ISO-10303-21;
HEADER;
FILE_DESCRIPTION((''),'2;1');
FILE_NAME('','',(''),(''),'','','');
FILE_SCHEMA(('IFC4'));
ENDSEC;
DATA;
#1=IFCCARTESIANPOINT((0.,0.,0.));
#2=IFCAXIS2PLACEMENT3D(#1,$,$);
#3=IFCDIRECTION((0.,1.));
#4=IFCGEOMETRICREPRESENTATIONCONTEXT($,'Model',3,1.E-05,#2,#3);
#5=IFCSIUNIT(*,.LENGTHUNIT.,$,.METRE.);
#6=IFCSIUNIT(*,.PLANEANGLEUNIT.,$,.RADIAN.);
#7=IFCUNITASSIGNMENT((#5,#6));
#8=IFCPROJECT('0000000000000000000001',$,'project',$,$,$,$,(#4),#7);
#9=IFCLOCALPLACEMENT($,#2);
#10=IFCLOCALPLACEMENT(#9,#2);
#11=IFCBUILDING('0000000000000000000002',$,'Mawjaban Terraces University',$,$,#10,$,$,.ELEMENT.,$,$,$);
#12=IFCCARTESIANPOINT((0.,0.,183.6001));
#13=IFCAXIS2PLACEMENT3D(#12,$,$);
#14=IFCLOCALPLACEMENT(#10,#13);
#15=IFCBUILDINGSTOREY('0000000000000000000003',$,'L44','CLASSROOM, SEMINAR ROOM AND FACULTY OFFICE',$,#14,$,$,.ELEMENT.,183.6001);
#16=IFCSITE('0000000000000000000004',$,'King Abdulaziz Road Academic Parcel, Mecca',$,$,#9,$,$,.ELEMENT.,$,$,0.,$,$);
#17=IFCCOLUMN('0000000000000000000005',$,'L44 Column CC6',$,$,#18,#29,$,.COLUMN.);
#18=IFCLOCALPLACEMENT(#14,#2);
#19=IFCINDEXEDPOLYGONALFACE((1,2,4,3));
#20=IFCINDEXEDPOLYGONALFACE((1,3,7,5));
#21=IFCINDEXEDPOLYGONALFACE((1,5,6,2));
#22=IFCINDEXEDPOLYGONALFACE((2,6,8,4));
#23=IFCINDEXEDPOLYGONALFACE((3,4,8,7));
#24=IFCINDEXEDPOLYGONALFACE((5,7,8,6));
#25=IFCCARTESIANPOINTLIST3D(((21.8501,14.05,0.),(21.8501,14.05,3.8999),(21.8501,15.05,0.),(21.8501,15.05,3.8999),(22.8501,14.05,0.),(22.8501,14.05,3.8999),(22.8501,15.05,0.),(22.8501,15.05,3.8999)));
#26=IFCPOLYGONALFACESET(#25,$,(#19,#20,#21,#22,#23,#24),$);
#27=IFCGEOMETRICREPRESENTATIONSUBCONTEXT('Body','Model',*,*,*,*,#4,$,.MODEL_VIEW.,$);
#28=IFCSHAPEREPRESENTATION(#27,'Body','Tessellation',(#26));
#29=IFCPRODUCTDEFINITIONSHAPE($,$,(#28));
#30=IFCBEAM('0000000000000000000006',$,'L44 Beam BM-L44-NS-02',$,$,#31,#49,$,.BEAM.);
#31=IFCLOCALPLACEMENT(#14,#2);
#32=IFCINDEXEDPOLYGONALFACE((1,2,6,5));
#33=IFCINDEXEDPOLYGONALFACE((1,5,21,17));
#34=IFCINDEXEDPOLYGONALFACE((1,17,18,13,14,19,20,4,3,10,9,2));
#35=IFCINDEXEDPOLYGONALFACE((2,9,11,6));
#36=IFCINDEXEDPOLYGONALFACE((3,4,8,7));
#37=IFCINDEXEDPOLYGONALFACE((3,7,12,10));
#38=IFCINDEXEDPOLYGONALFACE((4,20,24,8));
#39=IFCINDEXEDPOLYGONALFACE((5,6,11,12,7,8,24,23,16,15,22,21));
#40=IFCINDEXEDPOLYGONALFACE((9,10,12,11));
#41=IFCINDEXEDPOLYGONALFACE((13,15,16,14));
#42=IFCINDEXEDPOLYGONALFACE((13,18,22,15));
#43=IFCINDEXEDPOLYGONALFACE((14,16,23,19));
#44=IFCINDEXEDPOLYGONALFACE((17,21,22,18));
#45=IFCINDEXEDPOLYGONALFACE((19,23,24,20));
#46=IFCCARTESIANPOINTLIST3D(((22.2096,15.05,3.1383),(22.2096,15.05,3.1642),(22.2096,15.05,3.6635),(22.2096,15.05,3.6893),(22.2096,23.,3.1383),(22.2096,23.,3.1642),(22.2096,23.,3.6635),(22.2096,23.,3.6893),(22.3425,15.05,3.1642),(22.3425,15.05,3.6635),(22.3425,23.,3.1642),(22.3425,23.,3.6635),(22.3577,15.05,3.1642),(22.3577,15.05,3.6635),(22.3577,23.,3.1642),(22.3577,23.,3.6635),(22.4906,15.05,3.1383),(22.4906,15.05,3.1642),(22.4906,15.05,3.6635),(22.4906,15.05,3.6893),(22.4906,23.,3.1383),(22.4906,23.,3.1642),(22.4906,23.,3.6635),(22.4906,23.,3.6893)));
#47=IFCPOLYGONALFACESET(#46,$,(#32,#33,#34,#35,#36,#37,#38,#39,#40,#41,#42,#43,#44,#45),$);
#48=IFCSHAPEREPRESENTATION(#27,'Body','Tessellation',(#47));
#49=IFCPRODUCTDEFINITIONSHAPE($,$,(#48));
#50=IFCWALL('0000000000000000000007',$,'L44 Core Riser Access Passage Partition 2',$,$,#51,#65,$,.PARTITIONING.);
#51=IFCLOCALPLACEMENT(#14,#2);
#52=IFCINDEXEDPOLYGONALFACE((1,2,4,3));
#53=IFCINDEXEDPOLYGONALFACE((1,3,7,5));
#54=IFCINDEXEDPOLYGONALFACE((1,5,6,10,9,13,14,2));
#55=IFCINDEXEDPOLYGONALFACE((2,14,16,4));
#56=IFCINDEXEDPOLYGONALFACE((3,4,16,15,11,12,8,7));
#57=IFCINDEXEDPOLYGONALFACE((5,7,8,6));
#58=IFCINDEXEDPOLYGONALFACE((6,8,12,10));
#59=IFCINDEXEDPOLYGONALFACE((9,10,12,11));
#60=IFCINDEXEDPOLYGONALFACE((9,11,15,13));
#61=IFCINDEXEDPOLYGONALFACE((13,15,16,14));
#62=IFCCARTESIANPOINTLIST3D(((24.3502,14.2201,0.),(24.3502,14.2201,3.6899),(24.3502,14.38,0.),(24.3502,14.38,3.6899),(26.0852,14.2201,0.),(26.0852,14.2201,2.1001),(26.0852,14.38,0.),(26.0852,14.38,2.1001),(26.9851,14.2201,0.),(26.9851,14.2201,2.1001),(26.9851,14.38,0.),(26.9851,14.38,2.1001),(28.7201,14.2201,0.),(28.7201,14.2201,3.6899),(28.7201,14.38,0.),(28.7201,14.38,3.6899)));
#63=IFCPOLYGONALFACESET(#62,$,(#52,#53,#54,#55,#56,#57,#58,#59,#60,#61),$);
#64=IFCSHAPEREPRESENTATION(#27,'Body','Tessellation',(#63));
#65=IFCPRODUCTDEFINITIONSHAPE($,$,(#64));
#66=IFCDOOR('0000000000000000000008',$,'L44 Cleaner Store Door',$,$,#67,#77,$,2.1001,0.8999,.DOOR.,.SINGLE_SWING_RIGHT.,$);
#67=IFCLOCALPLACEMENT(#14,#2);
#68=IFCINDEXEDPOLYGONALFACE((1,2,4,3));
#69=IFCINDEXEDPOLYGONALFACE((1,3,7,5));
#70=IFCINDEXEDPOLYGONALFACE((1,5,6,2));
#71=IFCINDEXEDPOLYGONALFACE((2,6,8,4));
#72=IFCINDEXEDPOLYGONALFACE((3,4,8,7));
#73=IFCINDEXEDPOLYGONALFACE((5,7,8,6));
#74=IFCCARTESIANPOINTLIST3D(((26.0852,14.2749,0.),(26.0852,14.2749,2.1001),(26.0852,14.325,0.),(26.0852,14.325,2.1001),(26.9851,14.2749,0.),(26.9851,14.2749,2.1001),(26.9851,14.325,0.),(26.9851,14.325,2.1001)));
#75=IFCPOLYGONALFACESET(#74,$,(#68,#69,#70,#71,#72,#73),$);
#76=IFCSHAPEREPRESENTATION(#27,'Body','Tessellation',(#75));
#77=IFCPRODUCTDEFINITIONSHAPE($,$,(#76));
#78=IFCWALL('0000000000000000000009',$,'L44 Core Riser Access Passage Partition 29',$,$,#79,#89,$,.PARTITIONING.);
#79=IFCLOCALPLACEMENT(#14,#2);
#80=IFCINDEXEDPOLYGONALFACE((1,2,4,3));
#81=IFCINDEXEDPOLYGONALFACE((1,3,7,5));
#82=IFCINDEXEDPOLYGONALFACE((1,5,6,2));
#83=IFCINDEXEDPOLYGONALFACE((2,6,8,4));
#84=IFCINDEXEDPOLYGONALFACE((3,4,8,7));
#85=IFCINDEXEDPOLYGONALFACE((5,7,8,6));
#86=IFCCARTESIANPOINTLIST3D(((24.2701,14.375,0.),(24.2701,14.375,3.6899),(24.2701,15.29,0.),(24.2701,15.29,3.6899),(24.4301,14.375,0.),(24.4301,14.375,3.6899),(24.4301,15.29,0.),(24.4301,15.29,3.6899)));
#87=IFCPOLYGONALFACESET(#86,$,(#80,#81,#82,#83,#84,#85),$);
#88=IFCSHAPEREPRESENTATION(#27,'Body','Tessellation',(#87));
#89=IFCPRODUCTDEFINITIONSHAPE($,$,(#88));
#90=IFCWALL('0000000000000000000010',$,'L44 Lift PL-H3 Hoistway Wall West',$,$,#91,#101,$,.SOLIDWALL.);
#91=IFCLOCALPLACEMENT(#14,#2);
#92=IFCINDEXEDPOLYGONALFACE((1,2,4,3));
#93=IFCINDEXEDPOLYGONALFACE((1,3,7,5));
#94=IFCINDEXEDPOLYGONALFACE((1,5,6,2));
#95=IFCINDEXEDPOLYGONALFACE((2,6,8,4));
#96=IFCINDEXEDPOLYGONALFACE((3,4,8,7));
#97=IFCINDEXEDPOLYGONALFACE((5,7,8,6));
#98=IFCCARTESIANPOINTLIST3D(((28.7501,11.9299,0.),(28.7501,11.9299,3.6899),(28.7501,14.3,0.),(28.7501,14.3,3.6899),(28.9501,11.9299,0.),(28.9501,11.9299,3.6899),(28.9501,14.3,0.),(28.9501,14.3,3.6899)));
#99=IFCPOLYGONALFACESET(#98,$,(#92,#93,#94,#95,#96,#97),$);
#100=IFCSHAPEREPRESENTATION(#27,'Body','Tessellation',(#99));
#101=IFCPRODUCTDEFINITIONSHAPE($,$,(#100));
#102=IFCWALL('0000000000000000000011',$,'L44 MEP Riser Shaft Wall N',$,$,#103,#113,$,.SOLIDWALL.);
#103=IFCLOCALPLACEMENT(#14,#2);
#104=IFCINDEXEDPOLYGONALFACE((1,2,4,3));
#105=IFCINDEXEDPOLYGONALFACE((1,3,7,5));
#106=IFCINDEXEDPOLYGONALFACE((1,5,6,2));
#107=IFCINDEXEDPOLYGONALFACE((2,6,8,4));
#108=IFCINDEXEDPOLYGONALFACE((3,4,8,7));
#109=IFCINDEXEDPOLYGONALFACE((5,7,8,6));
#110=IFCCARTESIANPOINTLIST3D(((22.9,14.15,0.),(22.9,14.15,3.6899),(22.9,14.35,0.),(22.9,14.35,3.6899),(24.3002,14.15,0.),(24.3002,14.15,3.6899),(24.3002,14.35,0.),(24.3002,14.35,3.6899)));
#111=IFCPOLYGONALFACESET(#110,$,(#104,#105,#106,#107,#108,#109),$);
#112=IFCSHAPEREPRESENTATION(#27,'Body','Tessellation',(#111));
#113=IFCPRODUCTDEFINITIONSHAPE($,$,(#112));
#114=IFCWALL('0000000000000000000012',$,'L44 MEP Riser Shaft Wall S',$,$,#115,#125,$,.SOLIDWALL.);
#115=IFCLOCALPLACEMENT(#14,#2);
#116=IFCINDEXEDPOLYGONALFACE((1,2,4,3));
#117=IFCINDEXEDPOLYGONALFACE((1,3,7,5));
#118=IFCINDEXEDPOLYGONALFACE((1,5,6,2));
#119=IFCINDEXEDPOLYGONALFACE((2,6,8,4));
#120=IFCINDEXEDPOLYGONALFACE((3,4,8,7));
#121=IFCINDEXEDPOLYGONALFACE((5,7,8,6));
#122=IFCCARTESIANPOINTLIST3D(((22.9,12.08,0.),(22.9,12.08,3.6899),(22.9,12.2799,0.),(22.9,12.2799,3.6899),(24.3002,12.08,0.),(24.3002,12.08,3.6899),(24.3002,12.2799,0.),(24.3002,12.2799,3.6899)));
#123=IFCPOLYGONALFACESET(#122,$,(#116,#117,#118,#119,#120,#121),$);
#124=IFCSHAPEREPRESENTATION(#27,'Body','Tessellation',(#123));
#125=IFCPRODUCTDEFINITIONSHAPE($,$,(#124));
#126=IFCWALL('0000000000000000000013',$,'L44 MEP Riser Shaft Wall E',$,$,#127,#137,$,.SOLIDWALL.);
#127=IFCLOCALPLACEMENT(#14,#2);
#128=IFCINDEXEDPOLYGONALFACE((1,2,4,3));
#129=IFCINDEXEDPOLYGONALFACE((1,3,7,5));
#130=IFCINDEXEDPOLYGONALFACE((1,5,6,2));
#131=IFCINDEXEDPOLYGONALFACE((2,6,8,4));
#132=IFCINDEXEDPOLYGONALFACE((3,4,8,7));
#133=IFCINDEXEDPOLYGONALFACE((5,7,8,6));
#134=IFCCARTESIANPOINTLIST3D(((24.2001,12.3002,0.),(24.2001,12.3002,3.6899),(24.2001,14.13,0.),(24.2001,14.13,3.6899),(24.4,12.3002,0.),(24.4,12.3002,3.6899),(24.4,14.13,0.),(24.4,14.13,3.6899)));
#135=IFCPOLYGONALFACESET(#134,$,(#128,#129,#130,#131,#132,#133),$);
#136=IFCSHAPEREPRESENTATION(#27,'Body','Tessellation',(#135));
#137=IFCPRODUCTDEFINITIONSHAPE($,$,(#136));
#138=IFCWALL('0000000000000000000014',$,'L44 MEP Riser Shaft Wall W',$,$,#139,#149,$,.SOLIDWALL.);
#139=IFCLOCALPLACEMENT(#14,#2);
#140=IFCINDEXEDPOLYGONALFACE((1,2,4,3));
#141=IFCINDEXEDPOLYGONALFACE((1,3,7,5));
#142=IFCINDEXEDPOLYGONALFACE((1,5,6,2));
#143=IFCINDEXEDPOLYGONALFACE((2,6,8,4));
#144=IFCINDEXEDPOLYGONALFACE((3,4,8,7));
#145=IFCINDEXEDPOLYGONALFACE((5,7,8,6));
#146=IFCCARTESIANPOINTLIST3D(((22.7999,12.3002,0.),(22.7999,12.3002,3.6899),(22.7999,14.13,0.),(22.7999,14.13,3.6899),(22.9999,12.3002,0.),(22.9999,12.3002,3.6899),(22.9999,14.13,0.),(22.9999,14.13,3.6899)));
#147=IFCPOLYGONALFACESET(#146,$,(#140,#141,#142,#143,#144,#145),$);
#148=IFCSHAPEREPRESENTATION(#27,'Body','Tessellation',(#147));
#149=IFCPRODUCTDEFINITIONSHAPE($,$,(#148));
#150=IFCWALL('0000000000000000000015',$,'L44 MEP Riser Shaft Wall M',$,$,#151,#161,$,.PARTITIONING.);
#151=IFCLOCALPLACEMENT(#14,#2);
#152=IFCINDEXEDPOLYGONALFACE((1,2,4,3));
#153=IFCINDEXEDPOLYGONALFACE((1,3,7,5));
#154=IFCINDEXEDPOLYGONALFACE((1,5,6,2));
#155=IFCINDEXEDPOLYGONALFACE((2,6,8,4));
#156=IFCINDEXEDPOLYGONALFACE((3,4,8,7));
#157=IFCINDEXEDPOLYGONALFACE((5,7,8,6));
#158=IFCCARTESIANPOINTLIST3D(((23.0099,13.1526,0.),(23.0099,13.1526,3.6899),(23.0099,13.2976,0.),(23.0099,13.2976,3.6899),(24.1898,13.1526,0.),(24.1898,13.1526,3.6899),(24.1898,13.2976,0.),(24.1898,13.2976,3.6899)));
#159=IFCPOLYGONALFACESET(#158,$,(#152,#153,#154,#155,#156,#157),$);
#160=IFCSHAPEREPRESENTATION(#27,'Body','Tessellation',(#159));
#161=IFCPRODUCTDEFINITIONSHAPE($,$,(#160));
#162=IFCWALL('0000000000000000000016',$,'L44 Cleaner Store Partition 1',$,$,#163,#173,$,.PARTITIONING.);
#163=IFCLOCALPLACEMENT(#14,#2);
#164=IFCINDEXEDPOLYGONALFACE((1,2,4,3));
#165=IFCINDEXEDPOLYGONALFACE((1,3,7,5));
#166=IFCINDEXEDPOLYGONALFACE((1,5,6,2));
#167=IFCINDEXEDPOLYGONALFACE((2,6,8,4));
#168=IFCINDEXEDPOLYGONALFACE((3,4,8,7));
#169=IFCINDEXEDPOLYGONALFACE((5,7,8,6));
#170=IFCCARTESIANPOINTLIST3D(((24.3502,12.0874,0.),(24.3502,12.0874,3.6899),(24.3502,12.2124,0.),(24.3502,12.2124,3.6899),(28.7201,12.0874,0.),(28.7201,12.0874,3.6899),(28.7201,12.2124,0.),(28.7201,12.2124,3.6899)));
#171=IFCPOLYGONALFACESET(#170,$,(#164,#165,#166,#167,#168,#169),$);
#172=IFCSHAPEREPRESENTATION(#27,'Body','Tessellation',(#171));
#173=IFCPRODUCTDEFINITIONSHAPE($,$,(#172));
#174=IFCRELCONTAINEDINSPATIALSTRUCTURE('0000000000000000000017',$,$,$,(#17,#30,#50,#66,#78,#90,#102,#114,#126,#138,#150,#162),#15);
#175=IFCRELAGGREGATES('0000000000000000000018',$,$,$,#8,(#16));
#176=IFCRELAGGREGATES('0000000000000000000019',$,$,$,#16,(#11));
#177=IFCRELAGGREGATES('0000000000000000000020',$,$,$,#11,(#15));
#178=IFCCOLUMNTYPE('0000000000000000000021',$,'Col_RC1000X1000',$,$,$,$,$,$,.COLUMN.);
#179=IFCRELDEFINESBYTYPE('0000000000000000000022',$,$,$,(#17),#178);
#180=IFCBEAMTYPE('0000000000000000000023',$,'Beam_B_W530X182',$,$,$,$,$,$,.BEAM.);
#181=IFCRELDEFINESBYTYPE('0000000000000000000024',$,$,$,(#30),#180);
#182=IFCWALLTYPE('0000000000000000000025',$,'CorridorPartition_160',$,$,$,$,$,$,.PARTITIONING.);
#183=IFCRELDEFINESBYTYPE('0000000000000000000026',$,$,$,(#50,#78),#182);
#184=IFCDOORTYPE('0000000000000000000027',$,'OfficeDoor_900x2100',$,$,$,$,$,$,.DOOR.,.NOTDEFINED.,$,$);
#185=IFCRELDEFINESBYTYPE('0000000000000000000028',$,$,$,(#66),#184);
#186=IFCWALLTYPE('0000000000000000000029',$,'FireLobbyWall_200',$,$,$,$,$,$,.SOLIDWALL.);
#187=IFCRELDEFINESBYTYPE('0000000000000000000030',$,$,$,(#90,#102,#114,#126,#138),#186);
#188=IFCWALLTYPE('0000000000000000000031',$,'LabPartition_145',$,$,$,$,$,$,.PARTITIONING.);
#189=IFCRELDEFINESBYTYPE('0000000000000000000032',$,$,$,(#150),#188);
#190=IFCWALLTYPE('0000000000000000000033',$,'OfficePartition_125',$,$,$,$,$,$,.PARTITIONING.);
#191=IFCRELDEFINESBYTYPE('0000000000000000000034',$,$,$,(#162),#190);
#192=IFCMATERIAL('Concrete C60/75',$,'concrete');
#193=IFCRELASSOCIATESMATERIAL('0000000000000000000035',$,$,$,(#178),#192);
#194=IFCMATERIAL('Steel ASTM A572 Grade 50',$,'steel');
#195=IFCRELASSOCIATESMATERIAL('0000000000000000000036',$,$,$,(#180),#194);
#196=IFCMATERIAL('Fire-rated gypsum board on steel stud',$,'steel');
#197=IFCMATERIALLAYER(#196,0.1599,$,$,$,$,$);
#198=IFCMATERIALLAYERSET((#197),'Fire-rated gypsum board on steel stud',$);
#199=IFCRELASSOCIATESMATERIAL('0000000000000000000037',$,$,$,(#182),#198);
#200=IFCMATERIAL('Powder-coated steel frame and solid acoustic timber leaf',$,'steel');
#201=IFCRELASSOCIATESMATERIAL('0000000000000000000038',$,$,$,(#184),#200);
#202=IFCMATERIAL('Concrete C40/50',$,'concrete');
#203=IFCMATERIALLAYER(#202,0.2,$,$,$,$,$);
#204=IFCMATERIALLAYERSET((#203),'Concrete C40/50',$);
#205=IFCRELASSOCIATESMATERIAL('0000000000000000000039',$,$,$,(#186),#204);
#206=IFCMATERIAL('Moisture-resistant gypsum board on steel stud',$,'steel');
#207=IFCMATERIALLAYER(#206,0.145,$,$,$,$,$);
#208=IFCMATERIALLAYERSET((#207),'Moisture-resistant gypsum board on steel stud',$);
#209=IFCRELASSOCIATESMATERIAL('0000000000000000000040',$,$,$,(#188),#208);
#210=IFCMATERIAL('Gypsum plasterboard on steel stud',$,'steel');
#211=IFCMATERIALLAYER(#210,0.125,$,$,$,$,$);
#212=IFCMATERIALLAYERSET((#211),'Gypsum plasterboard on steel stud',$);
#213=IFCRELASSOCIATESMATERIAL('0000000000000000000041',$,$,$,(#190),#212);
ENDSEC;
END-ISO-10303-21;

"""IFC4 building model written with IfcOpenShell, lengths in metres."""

from ifc_helpers import new_model, si_unit, direction, frame, frame_2d, origin, origin_2d, place, context, subcontext, project, spatial, rectangle, i_section, extrude, material, layer, layer_set, material_profile, profile_set, type_object, element, fill, save


model = new_model("IFC4")

# Units and contexts
model_context = context("Model", 3, precision=1e-05, world=origin(), true_north=direction((0.0, 1.0)))
body_context = subcontext(model_context, "Body", "Model", "MODEL_VIEW")
ifc_project = project(units=[si_unit("LENGTHUNIT", "METRE"), si_unit("PLANEANGLEUNIT", "RADIAN")], contexts=[model_context])

# Site, building, storey
site_placement = place(None, origin())
site = spatial("IfcSite", under=ifc_project, at=site_placement, Name="King Abdulaziz Road Academic Parcel, Mecca", CompositionType="ELEMENT", RefElevation=0.0)
building_placement = place(site_placement, origin())
building = spatial("IfcBuilding", under=site, at=building_placement, Name="Mawjaban Terraces University", CompositionType="ELEMENT")
storey_placement = place(building_placement, frame((0.0, 0.0, 183.6001)))
storey = spatial("IfcBuildingStorey", under=building, at=storey_placement, Name="L44", Description="CLASSROOM, SEMINAR ROOM AND FACULTY OFFICE", CompositionType="ELEMENT", Elevation=183.6001)

# Column
ifc_material_1 = material(Name="Concrete C60/75", Category="concrete")
ifc_material_profile_1 = material_profile(ifc_material_1, rectangle(XDim=1.0, YDim=1.0, at=origin_2d()), Name="RC1000X1000")
ifc_profile_set_1 = profile_set([ifc_material_profile_1], Name="Concrete C60/75")
column_type = type_object("IfcColumnType", Name="Col_RC1000X1000", PredefinedType="COLUMN", material=ifc_profile_set_1)
column_placement = place(storey_placement, frame((22.3501, 14.55, 0.0), z_axis=(0.0, 0.0, 1.0), x_axis=(1.0, 0.0, 0.0)))
element("IfcColumn", 1, at=column_placement, inside=storey, type_object=column_type, Name="L44 Column CC6", PredefinedType="COLUMN", context=body_context, shape_type="SweptSolid", body=[
    extrude(rectangle(XDim=1.0, YDim=1.0, at=origin_2d()), origin(), (0.0, 0.0, 1.0), 3.8999),
])

# Beam
ifc_material_2 = material(Name="Steel ASTM A572 Grade 50", Category="steel")
ifc_material_profile_2 = material_profile(ifc_material_2, i_section(OverallWidth=0.281, OverallDepth=0.551, WebThickness=0.0151, FlangeThickness=0.0259, at=origin_2d()), Name="W530X182")
ifc_profile_set_2 = profile_set([ifc_material_profile_2], Name="Steel ASTM A572 Grade 50")
beam_type = type_object("IfcBeamType", Name="Beam_B_W530X182", PredefinedType="BEAM", material=ifc_profile_set_2)
beam_placement = place(storey_placement, frame((22.3501, 15.05, 3.4138), z_axis=(0.0, 1.0, 0.0), x_axis=(-1.0, 0.0, 0.0)))
element("IfcBeam", 2, at=beam_placement, inside=storey, type_object=beam_type, Name="L44 Beam BM-L44-NS-02", PredefinedType="BEAM", context=body_context, shape_type="SweptSolid", body=[
    extrude(i_section(OverallWidth=0.281, OverallDepth=0.551, WebThickness=0.0151, FlangeThickness=0.0259, at=origin_2d()), origin(), (0.0, 0.0, 1.0), 7.95),
])

# Wall, opening, door
ifc_material_3 = material(Name="Fire-rated gypsum board on steel stud", Category="steel")
ifc_layer_1 = layer(ifc_material_3, 0.1599)
ifc_layer_set_1 = layer_set([ifc_layer_1], Name="Fire-rated gypsum board on steel stud")
wall_type_1 = type_object("IfcWallType", Name="CorridorPartition_160", PredefinedType="PARTITIONING", material=ifc_layer_set_1)
wall_1_placement = place(storey_placement, frame((24.3501, 14.3, 0.0), z_axis=(0.0, 0.0, 1.0), x_axis=(1.0, 0.0, 0.0)))
wall_1 = element("IfcWall", 3, at=wall_1_placement, inside=storey, type_object=wall_type_1, Name="L44 Core Riser Access Passage Partition 2", PredefinedType="PARTITIONING", context=body_context, shape_type="SweptSolid", body=[
    extrude(rectangle(XDim=4.3699, YDim=0.1599, at=frame_2d((2.1851, 0.0))), origin(), (0.0, 0.0, 1.0), 3.6899),
])
opening_placement = place(wall_1_placement, frame((1.7351, 0.0, 0.0)))
opening = element("IfcOpeningElement", 4, at=opening_placement, cuts=wall_1, PredefinedType="OPENING", context=body_context, shape_type="SweptSolid", body=[
    extrude(rectangle(XDim=0.8999, YDim=2.1001, at=frame_2d((0.45, 1.05))), frame((0.0, 0.0898, 0.0), z_axis=(0.0, -1.0, 0.0), x_axis=(1.0, 0.0, 0.0)), (0.0, 0.0, 1.0), 0.1799),
])
ifc_material_4 = material(Name="Powder-coated steel frame and solid acoustic timber leaf", Category="steel")
door_type = type_object("IfcDoorType", Name="OfficeDoor_900x2100", OperationType="NOTDEFINED", PredefinedType="DOOR", material=ifc_material_4)
door_placement = place(opening_placement, origin())
door = element("IfcDoor", 5, at=door_placement, inside=storey, type_object=door_type, Name="L44 Cleaner Store Door", OperationType="SINGLE_SWING_RIGHT", OverallHeight=2.1001, OverallWidth=0.8999, PredefinedType="DOOR", context=body_context, shape_type="SweptSolid", body=[
    extrude(rectangle(XDim=0.8999, YDim=2.1001, at=frame_2d((0.45, 1.05))), frame((0.0, 0.0249, 0.0), z_axis=(0.0, -1.0, 0.0), x_axis=(1.0, 0.0, 0.0)), (0.0, 0.0, 1.0), 0.05),
])
fill(opening, door)

# Walls
wall_2_placement = place(storey_placement, frame((24.3501, 15.29, 0.0), z_axis=(0.0, 0.0, 1.0), x_axis=(0.0, -1.0, 0.0)))
element("IfcWall", 6, at=wall_2_placement, inside=storey, type_object=wall_type_1, Name="L44 Core Riser Access Passage Partition 29", PredefinedType="PARTITIONING", context=body_context, shape_type="SweptSolid", body=[
    extrude(rectangle(XDim=0.915, YDim=0.1599, at=frame_2d((0.4575, 0.0))), origin(), (0.0, 0.0, 1.0), 3.6899),
])
ifc_material_5 = material(Name="Concrete C40/50", Category="concrete")
ifc_layer_2 = layer(ifc_material_5, 0.2)
ifc_layer_set_2 = layer_set([ifc_layer_2], Name="Concrete C40/50")
wall_type_2 = type_object("IfcWallType", Name="FireLobbyWall_200", PredefinedType="SOLIDWALL", material=ifc_layer_set_2)
wall_3_placement = place(storey_placement, frame((28.8501, 14.3, 0.0), z_axis=(0.0, 0.0, 1.0), x_axis=(0.0, -1.0, 0.0)))
element("IfcWall", 7, at=wall_3_placement, inside=storey, type_object=wall_type_2, Name="L44 Lift PL-H3 Hoistway Wall West", PredefinedType="SOLIDWALL", context=body_context, shape_type="SweptSolid", body=[
    extrude(rectangle(XDim=2.3701, YDim=0.2, at=frame_2d((1.1851, 0.0))), origin(), (0.0, 0.0, 1.0), 3.6899),
])
for number, where, z_axis, x_axis, name in (
    (8, (22.8999, 14.25, 0.0), (0.0, 0.0, 1.0), (1.0, 0.0, 0.0), "L44 MEP Riser Shaft Wall N"),
    (9, (22.8999, 12.1799, 0.0), (0.0, 0.0, 1.0), (1.0, 0.0, 0.0), "L44 MEP Riser Shaft Wall S"),
):
    element("IfcWall", number, at=place(storey_placement, frame(where, z_axis=z_axis, x_axis=x_axis)), inside=storey, type_object=wall_type_2, Name=name, PredefinedType="SOLIDWALL", context=body_context, shape_type="SweptSolid", body=[
        extrude(rectangle(XDim=1.4001, YDim=0.2, at=frame_2d((0.7002, 0.0))), origin(), (0.0, 0.0, 1.0), 3.6899),
    ])
for number, where, z_axis, x_axis, name in (
    (10, (24.3, 12.3, 0.0), (0.0, 0.0, 1.0), (0.0, 1.0, 0.0), "L44 MEP Riser Shaft Wall E"),
    (11, (22.8999, 12.3, 0.0), (0.0, 0.0, 1.0), (0.0, 1.0, 0.0), "L44 MEP Riser Shaft Wall W"),
):
    element("IfcWall", number, at=place(storey_placement, frame(where, z_axis=z_axis, x_axis=x_axis)), inside=storey, type_object=wall_type_2, Name=name, PredefinedType="SOLIDWALL", context=body_context, shape_type="SweptSolid", body=[
        extrude(rectangle(XDim=1.8298, YDim=0.2, at=frame_2d((0.915, 0.0))), origin(), (0.0, 0.0, 1.0), 3.6899),
    ])
ifc_material_6 = material(Name="Moisture-resistant gypsum board on steel stud", Category="steel")
ifc_layer_3 = layer(ifc_material_6, 0.145)
ifc_layer_set_3 = layer_set([ifc_layer_3], Name="Moisture-resistant gypsum board on steel stud")
wall_type_3 = type_object("IfcWallType", Name="LabPartition_145", PredefinedType="PARTITIONING", material=ifc_layer_set_3)
wall_4_placement = place(storey_placement, frame((23.01, 13.2251, 0.0), z_axis=(0.0, 0.0, 1.0), x_axis=(1.0, 0.0, 0.0)))
element("IfcWall", 12, at=wall_4_placement, inside=storey, type_object=wall_type_3, Name="L44 MEP Riser Shaft Wall M", PredefinedType="PARTITIONING", context=body_context, shape_type="SweptSolid", body=[
    extrude(rectangle(XDim=1.1799, YDim=0.145, at=frame_2d((0.5898, 0.0))), origin(), (0.0, 0.0, 1.0), 3.6899),
])
ifc_material_7 = material(Name="Gypsum plasterboard on steel stud", Category="steel")
ifc_layer_4 = layer(ifc_material_7, 0.125)
ifc_layer_set_4 = layer_set([ifc_layer_4], Name="Gypsum plasterboard on steel stud")
wall_type_4 = type_object("IfcWallType", Name="OfficePartition_125", PredefinedType="PARTITIONING", material=ifc_layer_set_4)
wall_5_placement = place(storey_placement, frame((24.3501, 12.1499, 0.0), z_axis=(0.0, 0.0, 1.0), x_axis=(1.0, 0.0, 0.0)))
element("IfcWall", 13, at=wall_5_placement, inside=storey, type_object=wall_type_4, Name="L44 Cleaner Store Partition 1", PredefinedType="PARTITIONING", context=body_context, shape_type="SweptSolid", body=[
    extrude(rectangle(XDim=4.3699, YDim=0.125, at=frame_2d((2.1851, 0.0))), origin(), (0.0, 0.0, 1.0), 3.6899),
])

save(model, "model.ifc")
